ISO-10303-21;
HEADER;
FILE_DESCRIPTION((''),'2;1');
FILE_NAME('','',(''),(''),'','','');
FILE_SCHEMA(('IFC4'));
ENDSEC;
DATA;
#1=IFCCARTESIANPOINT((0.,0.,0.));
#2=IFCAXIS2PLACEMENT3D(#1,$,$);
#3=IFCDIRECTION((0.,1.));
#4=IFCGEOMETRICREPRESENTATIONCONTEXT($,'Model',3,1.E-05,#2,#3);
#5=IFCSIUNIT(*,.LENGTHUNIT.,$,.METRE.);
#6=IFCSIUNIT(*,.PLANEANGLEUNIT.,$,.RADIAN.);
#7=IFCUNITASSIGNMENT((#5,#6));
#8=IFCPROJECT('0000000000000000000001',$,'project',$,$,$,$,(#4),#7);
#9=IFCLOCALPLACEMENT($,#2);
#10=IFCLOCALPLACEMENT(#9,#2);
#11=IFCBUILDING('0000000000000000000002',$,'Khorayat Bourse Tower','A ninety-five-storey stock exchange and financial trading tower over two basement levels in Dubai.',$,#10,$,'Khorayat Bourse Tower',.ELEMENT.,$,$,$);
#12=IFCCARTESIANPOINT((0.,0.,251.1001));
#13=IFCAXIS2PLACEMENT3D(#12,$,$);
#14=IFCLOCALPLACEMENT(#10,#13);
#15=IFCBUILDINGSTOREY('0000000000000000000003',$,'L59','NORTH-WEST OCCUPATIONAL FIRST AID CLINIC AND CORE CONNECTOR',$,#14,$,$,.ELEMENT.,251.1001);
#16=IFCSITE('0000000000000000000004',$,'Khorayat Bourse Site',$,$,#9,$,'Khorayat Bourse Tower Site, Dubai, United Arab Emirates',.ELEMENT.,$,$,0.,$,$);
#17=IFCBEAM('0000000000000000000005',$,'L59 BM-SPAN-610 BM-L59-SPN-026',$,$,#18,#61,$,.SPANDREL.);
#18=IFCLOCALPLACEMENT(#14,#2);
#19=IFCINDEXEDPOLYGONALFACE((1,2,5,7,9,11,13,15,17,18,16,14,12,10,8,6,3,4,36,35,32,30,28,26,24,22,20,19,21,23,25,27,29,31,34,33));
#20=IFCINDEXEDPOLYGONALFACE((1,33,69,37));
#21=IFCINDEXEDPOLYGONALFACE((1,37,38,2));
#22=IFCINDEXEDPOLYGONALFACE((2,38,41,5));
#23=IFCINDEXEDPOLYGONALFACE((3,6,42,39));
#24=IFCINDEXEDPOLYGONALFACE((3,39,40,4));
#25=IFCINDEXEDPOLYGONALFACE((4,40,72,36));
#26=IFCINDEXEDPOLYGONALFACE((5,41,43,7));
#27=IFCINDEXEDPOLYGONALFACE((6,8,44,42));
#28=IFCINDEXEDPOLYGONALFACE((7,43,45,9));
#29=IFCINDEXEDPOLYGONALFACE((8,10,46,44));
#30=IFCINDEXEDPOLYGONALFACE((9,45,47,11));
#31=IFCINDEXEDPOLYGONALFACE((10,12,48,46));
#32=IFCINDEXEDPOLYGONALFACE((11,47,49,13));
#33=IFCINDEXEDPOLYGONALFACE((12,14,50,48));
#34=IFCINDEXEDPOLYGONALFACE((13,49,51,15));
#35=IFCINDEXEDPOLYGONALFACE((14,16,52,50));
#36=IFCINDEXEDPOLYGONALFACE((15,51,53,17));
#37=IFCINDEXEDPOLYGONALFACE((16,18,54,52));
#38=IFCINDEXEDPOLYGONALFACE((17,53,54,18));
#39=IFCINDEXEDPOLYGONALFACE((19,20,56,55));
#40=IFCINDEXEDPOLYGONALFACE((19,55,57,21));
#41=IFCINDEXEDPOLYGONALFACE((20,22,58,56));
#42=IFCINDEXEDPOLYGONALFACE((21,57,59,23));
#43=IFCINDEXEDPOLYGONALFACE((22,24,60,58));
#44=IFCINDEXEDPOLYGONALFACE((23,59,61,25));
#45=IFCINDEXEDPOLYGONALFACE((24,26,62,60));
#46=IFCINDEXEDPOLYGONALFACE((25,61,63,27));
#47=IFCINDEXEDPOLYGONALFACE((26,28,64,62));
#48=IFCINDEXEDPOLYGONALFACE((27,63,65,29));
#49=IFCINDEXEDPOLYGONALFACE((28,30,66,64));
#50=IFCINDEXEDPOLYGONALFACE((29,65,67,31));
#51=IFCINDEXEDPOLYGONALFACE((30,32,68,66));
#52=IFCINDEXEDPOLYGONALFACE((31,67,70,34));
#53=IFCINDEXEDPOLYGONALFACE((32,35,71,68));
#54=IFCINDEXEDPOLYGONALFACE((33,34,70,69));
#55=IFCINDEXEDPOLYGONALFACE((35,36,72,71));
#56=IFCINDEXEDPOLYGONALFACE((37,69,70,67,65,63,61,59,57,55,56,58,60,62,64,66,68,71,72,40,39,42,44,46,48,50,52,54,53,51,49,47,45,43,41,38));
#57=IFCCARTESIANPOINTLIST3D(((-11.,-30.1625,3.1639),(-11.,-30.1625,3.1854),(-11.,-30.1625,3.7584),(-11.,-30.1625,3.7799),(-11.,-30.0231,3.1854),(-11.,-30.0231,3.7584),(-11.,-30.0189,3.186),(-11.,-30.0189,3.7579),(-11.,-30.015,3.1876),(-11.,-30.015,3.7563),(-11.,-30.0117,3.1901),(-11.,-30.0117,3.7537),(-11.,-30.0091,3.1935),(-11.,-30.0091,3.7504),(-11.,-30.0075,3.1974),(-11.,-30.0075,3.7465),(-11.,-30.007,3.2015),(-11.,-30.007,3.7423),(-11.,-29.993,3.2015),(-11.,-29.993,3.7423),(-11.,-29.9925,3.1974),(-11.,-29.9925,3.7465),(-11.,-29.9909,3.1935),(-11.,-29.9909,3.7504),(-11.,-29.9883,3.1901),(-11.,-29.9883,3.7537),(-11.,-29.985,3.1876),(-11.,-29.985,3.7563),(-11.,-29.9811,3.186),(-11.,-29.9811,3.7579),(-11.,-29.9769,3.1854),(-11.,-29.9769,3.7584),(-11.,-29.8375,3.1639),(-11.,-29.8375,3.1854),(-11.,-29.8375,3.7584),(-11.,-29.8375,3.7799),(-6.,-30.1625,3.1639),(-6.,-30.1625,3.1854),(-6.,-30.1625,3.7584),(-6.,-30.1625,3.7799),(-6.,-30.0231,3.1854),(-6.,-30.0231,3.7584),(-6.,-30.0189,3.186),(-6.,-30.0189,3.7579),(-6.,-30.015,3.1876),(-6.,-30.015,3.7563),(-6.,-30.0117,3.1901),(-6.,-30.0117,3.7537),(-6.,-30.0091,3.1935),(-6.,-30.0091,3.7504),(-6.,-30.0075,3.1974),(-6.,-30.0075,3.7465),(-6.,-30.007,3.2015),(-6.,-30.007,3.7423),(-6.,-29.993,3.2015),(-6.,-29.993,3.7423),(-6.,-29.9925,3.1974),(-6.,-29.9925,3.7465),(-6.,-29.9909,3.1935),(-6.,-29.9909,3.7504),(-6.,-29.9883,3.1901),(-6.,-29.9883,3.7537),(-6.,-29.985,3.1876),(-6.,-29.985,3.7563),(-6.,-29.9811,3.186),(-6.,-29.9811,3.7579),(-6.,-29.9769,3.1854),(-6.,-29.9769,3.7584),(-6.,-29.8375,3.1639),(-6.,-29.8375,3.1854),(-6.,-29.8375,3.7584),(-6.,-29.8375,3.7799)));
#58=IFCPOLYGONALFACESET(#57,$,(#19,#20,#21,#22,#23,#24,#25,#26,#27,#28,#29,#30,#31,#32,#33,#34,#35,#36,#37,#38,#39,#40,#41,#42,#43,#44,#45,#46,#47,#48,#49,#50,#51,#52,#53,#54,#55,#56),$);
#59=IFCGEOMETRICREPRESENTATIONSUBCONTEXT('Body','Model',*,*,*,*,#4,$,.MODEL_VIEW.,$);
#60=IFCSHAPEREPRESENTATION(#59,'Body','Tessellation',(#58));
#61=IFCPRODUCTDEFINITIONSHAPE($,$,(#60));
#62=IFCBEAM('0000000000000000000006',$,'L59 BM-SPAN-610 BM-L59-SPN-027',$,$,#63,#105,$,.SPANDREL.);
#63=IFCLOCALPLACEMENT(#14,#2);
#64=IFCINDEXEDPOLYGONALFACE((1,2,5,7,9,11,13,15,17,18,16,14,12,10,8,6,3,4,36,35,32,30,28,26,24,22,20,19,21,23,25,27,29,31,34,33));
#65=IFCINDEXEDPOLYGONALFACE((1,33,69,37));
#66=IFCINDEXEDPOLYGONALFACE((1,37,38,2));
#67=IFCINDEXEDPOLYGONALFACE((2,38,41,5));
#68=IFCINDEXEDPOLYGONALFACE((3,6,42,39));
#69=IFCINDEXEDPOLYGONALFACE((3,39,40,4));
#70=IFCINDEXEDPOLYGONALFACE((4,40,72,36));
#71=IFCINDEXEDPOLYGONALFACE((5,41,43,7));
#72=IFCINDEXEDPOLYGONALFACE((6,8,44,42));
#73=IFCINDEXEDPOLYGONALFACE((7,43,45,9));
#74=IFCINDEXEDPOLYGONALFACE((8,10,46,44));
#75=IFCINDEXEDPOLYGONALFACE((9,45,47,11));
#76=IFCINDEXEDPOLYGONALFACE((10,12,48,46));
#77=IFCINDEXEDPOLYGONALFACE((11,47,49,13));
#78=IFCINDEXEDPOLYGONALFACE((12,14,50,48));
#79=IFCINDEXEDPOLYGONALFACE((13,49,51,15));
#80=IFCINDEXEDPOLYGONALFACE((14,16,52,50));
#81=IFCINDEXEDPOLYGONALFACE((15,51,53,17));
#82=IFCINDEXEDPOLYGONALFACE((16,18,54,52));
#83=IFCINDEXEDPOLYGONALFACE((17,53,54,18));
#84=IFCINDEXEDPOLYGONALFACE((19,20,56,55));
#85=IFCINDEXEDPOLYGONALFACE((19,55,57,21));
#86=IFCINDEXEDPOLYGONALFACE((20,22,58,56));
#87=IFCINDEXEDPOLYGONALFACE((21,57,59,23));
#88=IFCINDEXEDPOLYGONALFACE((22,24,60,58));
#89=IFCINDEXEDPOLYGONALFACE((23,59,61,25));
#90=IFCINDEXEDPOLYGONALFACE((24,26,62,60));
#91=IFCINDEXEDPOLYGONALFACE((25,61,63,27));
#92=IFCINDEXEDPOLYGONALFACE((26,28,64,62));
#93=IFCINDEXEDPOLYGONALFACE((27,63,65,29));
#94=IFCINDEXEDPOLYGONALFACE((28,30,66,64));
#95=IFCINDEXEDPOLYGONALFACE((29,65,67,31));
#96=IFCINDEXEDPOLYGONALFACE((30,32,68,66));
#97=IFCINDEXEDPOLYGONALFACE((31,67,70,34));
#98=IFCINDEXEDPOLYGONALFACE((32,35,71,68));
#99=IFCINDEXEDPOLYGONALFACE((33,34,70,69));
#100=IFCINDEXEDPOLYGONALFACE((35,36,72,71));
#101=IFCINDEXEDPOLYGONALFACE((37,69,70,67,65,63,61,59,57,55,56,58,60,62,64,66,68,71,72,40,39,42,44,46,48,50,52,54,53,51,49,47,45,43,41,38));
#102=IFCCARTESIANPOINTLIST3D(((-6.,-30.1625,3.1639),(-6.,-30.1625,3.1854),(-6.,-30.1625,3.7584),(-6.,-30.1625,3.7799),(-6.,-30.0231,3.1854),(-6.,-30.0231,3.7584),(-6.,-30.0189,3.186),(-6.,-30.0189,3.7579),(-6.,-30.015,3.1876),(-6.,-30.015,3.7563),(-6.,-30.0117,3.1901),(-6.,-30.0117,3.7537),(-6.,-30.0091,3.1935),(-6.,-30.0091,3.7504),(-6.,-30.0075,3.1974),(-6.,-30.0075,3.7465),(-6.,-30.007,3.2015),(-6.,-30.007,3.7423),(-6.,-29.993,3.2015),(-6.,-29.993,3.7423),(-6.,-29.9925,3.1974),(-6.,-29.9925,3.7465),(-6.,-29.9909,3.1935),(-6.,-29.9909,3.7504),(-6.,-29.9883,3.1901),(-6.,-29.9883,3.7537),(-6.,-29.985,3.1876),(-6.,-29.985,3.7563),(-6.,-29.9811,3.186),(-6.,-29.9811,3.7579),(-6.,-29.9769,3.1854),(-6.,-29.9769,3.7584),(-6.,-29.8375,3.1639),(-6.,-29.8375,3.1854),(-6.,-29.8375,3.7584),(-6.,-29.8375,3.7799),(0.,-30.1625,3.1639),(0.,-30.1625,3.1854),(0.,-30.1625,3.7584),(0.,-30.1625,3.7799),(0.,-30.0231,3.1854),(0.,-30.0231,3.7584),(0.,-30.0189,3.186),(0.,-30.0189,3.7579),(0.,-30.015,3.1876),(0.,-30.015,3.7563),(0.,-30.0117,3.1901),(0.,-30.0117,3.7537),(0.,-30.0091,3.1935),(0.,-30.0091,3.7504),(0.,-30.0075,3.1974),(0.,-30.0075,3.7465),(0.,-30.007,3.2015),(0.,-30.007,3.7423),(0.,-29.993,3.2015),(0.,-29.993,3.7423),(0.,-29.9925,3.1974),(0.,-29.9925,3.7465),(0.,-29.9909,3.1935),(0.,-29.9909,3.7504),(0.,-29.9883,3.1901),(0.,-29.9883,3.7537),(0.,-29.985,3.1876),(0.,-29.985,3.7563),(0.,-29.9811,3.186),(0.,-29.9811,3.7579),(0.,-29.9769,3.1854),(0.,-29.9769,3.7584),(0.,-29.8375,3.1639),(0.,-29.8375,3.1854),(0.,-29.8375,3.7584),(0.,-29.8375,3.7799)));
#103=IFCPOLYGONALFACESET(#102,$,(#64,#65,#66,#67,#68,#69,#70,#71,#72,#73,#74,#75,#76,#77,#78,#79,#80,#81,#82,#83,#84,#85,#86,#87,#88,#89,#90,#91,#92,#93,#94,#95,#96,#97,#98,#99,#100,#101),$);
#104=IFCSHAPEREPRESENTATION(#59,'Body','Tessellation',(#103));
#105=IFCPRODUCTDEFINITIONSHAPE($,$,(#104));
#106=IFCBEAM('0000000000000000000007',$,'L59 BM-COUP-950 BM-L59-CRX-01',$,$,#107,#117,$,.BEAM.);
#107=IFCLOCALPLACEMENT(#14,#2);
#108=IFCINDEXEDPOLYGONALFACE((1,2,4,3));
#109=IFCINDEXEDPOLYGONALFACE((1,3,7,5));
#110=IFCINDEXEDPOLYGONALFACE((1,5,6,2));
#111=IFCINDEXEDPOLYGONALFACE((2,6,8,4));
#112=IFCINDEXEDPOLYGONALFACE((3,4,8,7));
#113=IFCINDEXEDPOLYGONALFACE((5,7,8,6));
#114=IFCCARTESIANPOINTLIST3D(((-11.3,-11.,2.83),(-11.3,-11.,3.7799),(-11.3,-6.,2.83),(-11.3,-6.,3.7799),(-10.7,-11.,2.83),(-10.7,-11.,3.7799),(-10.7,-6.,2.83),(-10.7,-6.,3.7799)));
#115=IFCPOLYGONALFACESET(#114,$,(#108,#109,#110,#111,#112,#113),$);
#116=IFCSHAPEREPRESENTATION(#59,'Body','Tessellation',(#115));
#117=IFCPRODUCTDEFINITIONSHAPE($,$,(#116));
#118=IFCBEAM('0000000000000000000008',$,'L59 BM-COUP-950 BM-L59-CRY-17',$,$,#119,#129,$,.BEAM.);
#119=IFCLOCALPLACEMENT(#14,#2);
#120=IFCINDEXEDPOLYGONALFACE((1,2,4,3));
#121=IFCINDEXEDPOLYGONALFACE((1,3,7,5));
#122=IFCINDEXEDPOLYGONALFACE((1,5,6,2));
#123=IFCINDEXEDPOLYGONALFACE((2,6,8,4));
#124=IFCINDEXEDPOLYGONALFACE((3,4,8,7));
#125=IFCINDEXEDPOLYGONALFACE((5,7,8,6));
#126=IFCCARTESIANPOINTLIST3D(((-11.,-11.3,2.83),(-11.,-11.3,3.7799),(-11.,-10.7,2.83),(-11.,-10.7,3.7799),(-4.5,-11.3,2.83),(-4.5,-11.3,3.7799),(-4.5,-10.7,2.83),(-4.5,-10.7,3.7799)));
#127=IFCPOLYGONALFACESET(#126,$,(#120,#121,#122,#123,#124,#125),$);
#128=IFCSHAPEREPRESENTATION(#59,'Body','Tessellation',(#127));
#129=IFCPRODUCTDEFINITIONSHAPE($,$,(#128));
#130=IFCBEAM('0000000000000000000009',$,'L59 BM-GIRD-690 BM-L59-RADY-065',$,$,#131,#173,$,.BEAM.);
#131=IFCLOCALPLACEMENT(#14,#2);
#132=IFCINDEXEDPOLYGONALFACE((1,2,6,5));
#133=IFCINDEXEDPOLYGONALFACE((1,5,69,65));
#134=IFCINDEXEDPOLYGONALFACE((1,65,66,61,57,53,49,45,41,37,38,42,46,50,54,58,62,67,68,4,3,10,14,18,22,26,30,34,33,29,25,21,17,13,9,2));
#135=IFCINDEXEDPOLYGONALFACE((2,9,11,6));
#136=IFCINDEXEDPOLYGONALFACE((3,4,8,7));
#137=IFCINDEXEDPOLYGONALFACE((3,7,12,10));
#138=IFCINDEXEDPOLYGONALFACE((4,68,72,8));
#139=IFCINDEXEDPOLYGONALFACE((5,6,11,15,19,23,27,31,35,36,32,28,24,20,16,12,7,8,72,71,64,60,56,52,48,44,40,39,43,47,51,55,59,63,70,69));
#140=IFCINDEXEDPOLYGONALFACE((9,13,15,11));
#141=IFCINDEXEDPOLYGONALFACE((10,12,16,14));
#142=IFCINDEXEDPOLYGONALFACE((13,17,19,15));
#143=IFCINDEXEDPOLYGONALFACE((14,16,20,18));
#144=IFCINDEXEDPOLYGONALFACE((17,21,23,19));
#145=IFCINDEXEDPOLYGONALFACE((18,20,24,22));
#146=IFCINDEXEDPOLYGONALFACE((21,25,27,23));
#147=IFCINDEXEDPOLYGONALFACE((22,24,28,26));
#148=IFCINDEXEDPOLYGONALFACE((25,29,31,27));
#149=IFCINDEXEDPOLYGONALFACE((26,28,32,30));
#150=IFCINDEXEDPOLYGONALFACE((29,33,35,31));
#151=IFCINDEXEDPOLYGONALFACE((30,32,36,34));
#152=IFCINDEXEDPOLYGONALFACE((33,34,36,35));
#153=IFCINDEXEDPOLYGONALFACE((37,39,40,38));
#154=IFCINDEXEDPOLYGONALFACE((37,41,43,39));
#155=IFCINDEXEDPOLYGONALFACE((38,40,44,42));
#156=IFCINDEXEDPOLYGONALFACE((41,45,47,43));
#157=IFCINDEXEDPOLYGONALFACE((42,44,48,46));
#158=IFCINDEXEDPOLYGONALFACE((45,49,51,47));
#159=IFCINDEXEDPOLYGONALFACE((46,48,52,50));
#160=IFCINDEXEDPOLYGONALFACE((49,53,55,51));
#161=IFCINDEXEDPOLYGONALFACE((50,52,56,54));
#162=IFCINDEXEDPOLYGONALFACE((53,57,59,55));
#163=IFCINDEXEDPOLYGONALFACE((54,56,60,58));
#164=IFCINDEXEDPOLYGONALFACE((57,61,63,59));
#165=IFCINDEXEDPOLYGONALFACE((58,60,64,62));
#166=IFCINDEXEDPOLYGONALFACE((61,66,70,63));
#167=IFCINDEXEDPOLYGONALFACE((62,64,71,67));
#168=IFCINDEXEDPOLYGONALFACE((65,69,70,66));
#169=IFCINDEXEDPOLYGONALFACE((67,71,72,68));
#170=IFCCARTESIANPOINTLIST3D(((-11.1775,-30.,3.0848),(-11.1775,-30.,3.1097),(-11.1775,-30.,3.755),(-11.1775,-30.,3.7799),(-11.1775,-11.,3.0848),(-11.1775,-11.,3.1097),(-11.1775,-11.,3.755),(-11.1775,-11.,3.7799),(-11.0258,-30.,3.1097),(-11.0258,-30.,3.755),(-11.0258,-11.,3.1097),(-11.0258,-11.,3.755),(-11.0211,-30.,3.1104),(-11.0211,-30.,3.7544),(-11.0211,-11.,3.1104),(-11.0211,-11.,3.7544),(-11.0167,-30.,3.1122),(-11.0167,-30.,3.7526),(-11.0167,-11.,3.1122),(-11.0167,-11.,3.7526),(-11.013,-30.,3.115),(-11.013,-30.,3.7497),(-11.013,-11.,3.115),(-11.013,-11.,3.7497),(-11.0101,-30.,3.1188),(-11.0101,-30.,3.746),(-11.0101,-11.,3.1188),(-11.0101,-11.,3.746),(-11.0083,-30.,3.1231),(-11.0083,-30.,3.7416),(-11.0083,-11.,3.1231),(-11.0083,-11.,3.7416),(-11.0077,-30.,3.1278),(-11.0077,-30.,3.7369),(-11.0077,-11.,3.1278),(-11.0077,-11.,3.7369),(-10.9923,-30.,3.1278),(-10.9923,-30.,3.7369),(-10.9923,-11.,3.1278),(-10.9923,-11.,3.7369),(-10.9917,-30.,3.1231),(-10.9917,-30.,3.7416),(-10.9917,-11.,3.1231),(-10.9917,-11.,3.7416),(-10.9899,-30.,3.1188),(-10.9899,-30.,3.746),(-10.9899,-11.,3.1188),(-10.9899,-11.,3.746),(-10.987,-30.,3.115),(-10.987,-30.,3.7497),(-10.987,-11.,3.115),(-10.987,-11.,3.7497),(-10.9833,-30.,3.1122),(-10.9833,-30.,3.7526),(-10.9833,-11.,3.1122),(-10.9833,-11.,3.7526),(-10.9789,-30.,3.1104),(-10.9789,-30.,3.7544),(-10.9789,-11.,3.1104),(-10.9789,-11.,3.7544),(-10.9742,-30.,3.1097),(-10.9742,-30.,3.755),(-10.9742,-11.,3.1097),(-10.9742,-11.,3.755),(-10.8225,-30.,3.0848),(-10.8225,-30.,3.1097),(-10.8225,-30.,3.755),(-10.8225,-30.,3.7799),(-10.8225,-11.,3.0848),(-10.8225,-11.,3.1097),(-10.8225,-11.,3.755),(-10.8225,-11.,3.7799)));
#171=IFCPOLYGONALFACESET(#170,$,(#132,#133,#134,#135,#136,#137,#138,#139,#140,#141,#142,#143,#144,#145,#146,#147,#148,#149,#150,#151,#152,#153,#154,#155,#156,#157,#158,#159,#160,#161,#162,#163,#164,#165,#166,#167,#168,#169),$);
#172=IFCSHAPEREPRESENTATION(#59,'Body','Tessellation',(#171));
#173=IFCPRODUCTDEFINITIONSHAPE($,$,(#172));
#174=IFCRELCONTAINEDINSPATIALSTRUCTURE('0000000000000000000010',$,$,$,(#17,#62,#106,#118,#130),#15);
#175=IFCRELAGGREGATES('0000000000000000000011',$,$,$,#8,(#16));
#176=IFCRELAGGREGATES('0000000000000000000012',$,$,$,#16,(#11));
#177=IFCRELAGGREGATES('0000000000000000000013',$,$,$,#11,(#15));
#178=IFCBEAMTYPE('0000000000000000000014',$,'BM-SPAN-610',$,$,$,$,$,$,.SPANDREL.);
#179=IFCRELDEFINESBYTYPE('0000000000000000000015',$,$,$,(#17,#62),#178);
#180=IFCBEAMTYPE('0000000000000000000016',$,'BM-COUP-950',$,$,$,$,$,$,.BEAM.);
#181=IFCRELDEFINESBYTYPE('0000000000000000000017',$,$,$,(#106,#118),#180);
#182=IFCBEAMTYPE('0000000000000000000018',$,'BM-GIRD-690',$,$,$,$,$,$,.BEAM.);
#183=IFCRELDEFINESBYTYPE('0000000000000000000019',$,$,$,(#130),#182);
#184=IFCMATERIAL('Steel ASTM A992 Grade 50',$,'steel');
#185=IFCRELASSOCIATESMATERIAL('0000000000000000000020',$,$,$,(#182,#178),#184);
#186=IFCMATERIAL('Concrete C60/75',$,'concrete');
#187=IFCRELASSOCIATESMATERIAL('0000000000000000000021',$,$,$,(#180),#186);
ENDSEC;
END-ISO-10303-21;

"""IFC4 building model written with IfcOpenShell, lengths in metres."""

from ifc_helpers import new_model, si_unit, direction, frame, origin, origin_2d, place, context, subcontext, project, spatial, rectangle, i_section, extrude, source, transform, mapped, material, material_profile, profile_set, type_object, element, save


model = new_model("IFC4")

# Units and contexts
model_context = context("Model", 3, precision=1e-05, world=origin(), true_north=direction((0.0, 1.0)))
body_context = subcontext(model_context, "Body", "Model", "MODEL_VIEW")
ifc_project = project(units=[si_unit("LENGTHUNIT", "METRE"), si_unit("PLANEANGLEUNIT", "RADIAN")], contexts=[model_context])

# Site, building, storey
site_placement = place(None, origin())
site = spatial("IfcSite", under=ifc_project, at=site_placement, Name="Khorayat Bourse Site", LongName="Khorayat Bourse Tower Site, Dubai, United Arab Emirates", CompositionType="ELEMENT", RefElevation=0.0)
building_placement = place(site_placement, origin())
building = spatial("IfcBuilding", under=site, at=building_placement, Name="Khorayat Bourse Tower", Description="A ninety-five-storey stock exchange and financial trading tower over two basement levels in Dubai.", LongName="Khorayat Bourse Tower", CompositionType="ELEMENT")
storey_placement = place(building_placement, frame((0.0, 0.0, 251.1001)))
storey = spatial("IfcBuildingStorey", under=building, at=storey_placement, Name="L59", Description="NORTH-WEST OCCUPATIONAL FIRST AID CLINIC AND CORE CONNECTOR", CompositionType="ELEMENT", Elevation=251.1001)

# Shared definitions
ifc_material_1 = material(Name="Concrete C60/75", Category="concrete")

# Beams
ifc_material_2 = material(Name="Steel ASTM A992 Grade 50", Category="steel")
ifc_material_profile_1 = material_profile(ifc_material_2, i_section(OverallWidth=0.355, OverallDepth=0.6951, WebThickness=0.0154, FlangeThickness=0.0249, FilletRadius=0.0181, at=origin_2d()), Name="W690X217")
ifc_profile_set_1 = profile_set([ifc_material_profile_1], Name="Steel ASTM A992 Grade 50")
beam_type_1 = type_object("IfcBeamType", Name="BM-GIRD-690", PredefinedType="BEAM", material=ifc_profile_set_1)
ifc_material_profile_2 = material_profile(ifc_material_2, i_section(OverallWidth=0.325, OverallDepth=0.616, WebThickness=0.0139, FlangeThickness=0.0215, FilletRadius=0.0161, at=origin_2d()), Name="W610X174")
ifc_profile_set_2 = profile_set([ifc_material_profile_2], Name="Steel ASTM A992 Grade 50")
beam_type_2 = type_object("IfcBeamType", Name="BM-SPAN-610", PredefinedType="SPANDREL", material=ifc_profile_set_2)
shared_shape_1 = source(origin(), body_context, "Body", "SweptSolid", [
    extrude(i_section(OverallWidth=0.325, OverallDepth=0.616, WebThickness=0.0139, FlangeThickness=0.0215, FilletRadius=0.0161, at=origin_2d()), origin(), (0.0, 0.0, 1.0), 5.0),
])
beam_1_placement = place(storey_placement, frame((-11.0, -30.0, 3.4719), z_axis=(1.0, 0.0, 0.0), x_axis=(0.0, 1.0, 0.0)))
element("IfcBeam", 1, at=beam_1_placement, inside=storey, type_object=beam_type_2, Name="L59 BM-SPAN-610 BM-L59-SPN-026", PredefinedType="SPANDREL", context=body_context, shape_type="MappedRepresentation", body=[
    mapped(shared_shape_1, transform((0.0, 0.0, 0.0), scale=1.0)),
])
shared_shape_2 = source(origin(), body_context, "Body", "SweptSolid", [
    extrude(i_section(OverallWidth=0.325, OverallDepth=0.616, WebThickness=0.0139, FlangeThickness=0.0215, FilletRadius=0.0161, at=origin_2d()), origin(), (0.0, 0.0, 1.0), 6.0),
])
beam_2_placement = place(storey_placement, frame((-6.0, -30.0, 3.4719), z_axis=(1.0, 0.0, 0.0), x_axis=(0.0, 1.0, 0.0)))
element("IfcBeam", 2, at=beam_2_placement, inside=storey, type_object=beam_type_2, Name="L59 BM-SPAN-610 BM-L59-SPN-027", PredefinedType="SPANDREL", context=body_context, shape_type="MappedRepresentation", body=[
    mapped(shared_shape_2, transform((0.0, 0.0, 0.0), scale=1.0)),
])
ifc_material_profile_3 = material_profile(ifc_material_1, rectangle(XDim=0.6001, YDim=0.95, at=origin_2d()), Name="RC 600x950")
ifc_profile_set_3 = profile_set([ifc_material_profile_3], Name="Concrete C60/75")
beam_type_3 = type_object("IfcBeamType", Name="BM-COUP-950", PredefinedType="BEAM", material=ifc_profile_set_3)
shared_shape_3 = source(origin(), body_context, "Body", "SweptSolid", [
    extrude(rectangle(XDim=0.6001, YDim=0.95, at=origin_2d()), origin(), (0.0, 0.0, 1.0), 5.0),
])
beam_3_placement = place(storey_placement, frame((-11.0, -11.0, 3.3049), z_axis=(0.0, 1.0, 0.0), x_axis=(-1.0, 0.0, 0.0)))
element("IfcBeam", 3, at=beam_3_placement, inside=storey, type_object=beam_type_3, Name="L59 BM-COUP-950 BM-L59-CRX-01", PredefinedType="BEAM", context=body_context, shape_type="MappedRepresentation", body=[
    mapped(shared_shape_3, transform((0.0, 0.0, 0.0), scale=1.0)),
])
shared_shape_4 = source(origin(), body_context, "Body", "SweptSolid", [
    extrude(rectangle(XDim=0.6001, YDim=0.95, at=origin_2d()), origin(), (0.0, 0.0, 1.0), 6.5),
])
beam_4_placement = place(storey_placement, frame((-11.0, -11.0, 3.3049), z_axis=(1.0, 0.0, 0.0), x_axis=(0.0, 1.0, 0.0)))
element("IfcBeam", 4, at=beam_4_placement, inside=storey, type_object=beam_type_3, Name="L59 BM-COUP-950 BM-L59-CRY-17", PredefinedType="BEAM", context=body_context, shape_type="MappedRepresentation", body=[
    mapped(shared_shape_4, transform((0.0, 0.0, 0.0), scale=1.0)),
])
shared_shape_5 = source(origin(), body_context, "Body", "SweptSolid", [
    extrude(i_section(OverallWidth=0.355, OverallDepth=0.6951, WebThickness=0.0154, FlangeThickness=0.0249, FilletRadius=0.0181, at=origin_2d()), origin(), (0.0, 0.0, 1.0), 19.0),
])
for number, where, z_axis, x_axis, name in (
    (5, (-11.0, -30.0, 3.4324), (0.0, 1.0, 0.0), (-1.0, 0.0, 0.0), "L59 BM-GIRD-690 BM-L59-RADY-065"),
):
    element("IfcBeam", number, at=place(storey_placement, frame(where, z_axis=z_axis, x_axis=x_axis)), inside=storey, type_object=beam_type_1, Name=name, PredefinedType="BEAM", context=body_context, shape_type="MappedRepresentation", body=[
        mapped(shared_shape_5, transform((0.0, 0.0, 0.0), scale=1.0)),
    ])

save(model, "model.ifc")
